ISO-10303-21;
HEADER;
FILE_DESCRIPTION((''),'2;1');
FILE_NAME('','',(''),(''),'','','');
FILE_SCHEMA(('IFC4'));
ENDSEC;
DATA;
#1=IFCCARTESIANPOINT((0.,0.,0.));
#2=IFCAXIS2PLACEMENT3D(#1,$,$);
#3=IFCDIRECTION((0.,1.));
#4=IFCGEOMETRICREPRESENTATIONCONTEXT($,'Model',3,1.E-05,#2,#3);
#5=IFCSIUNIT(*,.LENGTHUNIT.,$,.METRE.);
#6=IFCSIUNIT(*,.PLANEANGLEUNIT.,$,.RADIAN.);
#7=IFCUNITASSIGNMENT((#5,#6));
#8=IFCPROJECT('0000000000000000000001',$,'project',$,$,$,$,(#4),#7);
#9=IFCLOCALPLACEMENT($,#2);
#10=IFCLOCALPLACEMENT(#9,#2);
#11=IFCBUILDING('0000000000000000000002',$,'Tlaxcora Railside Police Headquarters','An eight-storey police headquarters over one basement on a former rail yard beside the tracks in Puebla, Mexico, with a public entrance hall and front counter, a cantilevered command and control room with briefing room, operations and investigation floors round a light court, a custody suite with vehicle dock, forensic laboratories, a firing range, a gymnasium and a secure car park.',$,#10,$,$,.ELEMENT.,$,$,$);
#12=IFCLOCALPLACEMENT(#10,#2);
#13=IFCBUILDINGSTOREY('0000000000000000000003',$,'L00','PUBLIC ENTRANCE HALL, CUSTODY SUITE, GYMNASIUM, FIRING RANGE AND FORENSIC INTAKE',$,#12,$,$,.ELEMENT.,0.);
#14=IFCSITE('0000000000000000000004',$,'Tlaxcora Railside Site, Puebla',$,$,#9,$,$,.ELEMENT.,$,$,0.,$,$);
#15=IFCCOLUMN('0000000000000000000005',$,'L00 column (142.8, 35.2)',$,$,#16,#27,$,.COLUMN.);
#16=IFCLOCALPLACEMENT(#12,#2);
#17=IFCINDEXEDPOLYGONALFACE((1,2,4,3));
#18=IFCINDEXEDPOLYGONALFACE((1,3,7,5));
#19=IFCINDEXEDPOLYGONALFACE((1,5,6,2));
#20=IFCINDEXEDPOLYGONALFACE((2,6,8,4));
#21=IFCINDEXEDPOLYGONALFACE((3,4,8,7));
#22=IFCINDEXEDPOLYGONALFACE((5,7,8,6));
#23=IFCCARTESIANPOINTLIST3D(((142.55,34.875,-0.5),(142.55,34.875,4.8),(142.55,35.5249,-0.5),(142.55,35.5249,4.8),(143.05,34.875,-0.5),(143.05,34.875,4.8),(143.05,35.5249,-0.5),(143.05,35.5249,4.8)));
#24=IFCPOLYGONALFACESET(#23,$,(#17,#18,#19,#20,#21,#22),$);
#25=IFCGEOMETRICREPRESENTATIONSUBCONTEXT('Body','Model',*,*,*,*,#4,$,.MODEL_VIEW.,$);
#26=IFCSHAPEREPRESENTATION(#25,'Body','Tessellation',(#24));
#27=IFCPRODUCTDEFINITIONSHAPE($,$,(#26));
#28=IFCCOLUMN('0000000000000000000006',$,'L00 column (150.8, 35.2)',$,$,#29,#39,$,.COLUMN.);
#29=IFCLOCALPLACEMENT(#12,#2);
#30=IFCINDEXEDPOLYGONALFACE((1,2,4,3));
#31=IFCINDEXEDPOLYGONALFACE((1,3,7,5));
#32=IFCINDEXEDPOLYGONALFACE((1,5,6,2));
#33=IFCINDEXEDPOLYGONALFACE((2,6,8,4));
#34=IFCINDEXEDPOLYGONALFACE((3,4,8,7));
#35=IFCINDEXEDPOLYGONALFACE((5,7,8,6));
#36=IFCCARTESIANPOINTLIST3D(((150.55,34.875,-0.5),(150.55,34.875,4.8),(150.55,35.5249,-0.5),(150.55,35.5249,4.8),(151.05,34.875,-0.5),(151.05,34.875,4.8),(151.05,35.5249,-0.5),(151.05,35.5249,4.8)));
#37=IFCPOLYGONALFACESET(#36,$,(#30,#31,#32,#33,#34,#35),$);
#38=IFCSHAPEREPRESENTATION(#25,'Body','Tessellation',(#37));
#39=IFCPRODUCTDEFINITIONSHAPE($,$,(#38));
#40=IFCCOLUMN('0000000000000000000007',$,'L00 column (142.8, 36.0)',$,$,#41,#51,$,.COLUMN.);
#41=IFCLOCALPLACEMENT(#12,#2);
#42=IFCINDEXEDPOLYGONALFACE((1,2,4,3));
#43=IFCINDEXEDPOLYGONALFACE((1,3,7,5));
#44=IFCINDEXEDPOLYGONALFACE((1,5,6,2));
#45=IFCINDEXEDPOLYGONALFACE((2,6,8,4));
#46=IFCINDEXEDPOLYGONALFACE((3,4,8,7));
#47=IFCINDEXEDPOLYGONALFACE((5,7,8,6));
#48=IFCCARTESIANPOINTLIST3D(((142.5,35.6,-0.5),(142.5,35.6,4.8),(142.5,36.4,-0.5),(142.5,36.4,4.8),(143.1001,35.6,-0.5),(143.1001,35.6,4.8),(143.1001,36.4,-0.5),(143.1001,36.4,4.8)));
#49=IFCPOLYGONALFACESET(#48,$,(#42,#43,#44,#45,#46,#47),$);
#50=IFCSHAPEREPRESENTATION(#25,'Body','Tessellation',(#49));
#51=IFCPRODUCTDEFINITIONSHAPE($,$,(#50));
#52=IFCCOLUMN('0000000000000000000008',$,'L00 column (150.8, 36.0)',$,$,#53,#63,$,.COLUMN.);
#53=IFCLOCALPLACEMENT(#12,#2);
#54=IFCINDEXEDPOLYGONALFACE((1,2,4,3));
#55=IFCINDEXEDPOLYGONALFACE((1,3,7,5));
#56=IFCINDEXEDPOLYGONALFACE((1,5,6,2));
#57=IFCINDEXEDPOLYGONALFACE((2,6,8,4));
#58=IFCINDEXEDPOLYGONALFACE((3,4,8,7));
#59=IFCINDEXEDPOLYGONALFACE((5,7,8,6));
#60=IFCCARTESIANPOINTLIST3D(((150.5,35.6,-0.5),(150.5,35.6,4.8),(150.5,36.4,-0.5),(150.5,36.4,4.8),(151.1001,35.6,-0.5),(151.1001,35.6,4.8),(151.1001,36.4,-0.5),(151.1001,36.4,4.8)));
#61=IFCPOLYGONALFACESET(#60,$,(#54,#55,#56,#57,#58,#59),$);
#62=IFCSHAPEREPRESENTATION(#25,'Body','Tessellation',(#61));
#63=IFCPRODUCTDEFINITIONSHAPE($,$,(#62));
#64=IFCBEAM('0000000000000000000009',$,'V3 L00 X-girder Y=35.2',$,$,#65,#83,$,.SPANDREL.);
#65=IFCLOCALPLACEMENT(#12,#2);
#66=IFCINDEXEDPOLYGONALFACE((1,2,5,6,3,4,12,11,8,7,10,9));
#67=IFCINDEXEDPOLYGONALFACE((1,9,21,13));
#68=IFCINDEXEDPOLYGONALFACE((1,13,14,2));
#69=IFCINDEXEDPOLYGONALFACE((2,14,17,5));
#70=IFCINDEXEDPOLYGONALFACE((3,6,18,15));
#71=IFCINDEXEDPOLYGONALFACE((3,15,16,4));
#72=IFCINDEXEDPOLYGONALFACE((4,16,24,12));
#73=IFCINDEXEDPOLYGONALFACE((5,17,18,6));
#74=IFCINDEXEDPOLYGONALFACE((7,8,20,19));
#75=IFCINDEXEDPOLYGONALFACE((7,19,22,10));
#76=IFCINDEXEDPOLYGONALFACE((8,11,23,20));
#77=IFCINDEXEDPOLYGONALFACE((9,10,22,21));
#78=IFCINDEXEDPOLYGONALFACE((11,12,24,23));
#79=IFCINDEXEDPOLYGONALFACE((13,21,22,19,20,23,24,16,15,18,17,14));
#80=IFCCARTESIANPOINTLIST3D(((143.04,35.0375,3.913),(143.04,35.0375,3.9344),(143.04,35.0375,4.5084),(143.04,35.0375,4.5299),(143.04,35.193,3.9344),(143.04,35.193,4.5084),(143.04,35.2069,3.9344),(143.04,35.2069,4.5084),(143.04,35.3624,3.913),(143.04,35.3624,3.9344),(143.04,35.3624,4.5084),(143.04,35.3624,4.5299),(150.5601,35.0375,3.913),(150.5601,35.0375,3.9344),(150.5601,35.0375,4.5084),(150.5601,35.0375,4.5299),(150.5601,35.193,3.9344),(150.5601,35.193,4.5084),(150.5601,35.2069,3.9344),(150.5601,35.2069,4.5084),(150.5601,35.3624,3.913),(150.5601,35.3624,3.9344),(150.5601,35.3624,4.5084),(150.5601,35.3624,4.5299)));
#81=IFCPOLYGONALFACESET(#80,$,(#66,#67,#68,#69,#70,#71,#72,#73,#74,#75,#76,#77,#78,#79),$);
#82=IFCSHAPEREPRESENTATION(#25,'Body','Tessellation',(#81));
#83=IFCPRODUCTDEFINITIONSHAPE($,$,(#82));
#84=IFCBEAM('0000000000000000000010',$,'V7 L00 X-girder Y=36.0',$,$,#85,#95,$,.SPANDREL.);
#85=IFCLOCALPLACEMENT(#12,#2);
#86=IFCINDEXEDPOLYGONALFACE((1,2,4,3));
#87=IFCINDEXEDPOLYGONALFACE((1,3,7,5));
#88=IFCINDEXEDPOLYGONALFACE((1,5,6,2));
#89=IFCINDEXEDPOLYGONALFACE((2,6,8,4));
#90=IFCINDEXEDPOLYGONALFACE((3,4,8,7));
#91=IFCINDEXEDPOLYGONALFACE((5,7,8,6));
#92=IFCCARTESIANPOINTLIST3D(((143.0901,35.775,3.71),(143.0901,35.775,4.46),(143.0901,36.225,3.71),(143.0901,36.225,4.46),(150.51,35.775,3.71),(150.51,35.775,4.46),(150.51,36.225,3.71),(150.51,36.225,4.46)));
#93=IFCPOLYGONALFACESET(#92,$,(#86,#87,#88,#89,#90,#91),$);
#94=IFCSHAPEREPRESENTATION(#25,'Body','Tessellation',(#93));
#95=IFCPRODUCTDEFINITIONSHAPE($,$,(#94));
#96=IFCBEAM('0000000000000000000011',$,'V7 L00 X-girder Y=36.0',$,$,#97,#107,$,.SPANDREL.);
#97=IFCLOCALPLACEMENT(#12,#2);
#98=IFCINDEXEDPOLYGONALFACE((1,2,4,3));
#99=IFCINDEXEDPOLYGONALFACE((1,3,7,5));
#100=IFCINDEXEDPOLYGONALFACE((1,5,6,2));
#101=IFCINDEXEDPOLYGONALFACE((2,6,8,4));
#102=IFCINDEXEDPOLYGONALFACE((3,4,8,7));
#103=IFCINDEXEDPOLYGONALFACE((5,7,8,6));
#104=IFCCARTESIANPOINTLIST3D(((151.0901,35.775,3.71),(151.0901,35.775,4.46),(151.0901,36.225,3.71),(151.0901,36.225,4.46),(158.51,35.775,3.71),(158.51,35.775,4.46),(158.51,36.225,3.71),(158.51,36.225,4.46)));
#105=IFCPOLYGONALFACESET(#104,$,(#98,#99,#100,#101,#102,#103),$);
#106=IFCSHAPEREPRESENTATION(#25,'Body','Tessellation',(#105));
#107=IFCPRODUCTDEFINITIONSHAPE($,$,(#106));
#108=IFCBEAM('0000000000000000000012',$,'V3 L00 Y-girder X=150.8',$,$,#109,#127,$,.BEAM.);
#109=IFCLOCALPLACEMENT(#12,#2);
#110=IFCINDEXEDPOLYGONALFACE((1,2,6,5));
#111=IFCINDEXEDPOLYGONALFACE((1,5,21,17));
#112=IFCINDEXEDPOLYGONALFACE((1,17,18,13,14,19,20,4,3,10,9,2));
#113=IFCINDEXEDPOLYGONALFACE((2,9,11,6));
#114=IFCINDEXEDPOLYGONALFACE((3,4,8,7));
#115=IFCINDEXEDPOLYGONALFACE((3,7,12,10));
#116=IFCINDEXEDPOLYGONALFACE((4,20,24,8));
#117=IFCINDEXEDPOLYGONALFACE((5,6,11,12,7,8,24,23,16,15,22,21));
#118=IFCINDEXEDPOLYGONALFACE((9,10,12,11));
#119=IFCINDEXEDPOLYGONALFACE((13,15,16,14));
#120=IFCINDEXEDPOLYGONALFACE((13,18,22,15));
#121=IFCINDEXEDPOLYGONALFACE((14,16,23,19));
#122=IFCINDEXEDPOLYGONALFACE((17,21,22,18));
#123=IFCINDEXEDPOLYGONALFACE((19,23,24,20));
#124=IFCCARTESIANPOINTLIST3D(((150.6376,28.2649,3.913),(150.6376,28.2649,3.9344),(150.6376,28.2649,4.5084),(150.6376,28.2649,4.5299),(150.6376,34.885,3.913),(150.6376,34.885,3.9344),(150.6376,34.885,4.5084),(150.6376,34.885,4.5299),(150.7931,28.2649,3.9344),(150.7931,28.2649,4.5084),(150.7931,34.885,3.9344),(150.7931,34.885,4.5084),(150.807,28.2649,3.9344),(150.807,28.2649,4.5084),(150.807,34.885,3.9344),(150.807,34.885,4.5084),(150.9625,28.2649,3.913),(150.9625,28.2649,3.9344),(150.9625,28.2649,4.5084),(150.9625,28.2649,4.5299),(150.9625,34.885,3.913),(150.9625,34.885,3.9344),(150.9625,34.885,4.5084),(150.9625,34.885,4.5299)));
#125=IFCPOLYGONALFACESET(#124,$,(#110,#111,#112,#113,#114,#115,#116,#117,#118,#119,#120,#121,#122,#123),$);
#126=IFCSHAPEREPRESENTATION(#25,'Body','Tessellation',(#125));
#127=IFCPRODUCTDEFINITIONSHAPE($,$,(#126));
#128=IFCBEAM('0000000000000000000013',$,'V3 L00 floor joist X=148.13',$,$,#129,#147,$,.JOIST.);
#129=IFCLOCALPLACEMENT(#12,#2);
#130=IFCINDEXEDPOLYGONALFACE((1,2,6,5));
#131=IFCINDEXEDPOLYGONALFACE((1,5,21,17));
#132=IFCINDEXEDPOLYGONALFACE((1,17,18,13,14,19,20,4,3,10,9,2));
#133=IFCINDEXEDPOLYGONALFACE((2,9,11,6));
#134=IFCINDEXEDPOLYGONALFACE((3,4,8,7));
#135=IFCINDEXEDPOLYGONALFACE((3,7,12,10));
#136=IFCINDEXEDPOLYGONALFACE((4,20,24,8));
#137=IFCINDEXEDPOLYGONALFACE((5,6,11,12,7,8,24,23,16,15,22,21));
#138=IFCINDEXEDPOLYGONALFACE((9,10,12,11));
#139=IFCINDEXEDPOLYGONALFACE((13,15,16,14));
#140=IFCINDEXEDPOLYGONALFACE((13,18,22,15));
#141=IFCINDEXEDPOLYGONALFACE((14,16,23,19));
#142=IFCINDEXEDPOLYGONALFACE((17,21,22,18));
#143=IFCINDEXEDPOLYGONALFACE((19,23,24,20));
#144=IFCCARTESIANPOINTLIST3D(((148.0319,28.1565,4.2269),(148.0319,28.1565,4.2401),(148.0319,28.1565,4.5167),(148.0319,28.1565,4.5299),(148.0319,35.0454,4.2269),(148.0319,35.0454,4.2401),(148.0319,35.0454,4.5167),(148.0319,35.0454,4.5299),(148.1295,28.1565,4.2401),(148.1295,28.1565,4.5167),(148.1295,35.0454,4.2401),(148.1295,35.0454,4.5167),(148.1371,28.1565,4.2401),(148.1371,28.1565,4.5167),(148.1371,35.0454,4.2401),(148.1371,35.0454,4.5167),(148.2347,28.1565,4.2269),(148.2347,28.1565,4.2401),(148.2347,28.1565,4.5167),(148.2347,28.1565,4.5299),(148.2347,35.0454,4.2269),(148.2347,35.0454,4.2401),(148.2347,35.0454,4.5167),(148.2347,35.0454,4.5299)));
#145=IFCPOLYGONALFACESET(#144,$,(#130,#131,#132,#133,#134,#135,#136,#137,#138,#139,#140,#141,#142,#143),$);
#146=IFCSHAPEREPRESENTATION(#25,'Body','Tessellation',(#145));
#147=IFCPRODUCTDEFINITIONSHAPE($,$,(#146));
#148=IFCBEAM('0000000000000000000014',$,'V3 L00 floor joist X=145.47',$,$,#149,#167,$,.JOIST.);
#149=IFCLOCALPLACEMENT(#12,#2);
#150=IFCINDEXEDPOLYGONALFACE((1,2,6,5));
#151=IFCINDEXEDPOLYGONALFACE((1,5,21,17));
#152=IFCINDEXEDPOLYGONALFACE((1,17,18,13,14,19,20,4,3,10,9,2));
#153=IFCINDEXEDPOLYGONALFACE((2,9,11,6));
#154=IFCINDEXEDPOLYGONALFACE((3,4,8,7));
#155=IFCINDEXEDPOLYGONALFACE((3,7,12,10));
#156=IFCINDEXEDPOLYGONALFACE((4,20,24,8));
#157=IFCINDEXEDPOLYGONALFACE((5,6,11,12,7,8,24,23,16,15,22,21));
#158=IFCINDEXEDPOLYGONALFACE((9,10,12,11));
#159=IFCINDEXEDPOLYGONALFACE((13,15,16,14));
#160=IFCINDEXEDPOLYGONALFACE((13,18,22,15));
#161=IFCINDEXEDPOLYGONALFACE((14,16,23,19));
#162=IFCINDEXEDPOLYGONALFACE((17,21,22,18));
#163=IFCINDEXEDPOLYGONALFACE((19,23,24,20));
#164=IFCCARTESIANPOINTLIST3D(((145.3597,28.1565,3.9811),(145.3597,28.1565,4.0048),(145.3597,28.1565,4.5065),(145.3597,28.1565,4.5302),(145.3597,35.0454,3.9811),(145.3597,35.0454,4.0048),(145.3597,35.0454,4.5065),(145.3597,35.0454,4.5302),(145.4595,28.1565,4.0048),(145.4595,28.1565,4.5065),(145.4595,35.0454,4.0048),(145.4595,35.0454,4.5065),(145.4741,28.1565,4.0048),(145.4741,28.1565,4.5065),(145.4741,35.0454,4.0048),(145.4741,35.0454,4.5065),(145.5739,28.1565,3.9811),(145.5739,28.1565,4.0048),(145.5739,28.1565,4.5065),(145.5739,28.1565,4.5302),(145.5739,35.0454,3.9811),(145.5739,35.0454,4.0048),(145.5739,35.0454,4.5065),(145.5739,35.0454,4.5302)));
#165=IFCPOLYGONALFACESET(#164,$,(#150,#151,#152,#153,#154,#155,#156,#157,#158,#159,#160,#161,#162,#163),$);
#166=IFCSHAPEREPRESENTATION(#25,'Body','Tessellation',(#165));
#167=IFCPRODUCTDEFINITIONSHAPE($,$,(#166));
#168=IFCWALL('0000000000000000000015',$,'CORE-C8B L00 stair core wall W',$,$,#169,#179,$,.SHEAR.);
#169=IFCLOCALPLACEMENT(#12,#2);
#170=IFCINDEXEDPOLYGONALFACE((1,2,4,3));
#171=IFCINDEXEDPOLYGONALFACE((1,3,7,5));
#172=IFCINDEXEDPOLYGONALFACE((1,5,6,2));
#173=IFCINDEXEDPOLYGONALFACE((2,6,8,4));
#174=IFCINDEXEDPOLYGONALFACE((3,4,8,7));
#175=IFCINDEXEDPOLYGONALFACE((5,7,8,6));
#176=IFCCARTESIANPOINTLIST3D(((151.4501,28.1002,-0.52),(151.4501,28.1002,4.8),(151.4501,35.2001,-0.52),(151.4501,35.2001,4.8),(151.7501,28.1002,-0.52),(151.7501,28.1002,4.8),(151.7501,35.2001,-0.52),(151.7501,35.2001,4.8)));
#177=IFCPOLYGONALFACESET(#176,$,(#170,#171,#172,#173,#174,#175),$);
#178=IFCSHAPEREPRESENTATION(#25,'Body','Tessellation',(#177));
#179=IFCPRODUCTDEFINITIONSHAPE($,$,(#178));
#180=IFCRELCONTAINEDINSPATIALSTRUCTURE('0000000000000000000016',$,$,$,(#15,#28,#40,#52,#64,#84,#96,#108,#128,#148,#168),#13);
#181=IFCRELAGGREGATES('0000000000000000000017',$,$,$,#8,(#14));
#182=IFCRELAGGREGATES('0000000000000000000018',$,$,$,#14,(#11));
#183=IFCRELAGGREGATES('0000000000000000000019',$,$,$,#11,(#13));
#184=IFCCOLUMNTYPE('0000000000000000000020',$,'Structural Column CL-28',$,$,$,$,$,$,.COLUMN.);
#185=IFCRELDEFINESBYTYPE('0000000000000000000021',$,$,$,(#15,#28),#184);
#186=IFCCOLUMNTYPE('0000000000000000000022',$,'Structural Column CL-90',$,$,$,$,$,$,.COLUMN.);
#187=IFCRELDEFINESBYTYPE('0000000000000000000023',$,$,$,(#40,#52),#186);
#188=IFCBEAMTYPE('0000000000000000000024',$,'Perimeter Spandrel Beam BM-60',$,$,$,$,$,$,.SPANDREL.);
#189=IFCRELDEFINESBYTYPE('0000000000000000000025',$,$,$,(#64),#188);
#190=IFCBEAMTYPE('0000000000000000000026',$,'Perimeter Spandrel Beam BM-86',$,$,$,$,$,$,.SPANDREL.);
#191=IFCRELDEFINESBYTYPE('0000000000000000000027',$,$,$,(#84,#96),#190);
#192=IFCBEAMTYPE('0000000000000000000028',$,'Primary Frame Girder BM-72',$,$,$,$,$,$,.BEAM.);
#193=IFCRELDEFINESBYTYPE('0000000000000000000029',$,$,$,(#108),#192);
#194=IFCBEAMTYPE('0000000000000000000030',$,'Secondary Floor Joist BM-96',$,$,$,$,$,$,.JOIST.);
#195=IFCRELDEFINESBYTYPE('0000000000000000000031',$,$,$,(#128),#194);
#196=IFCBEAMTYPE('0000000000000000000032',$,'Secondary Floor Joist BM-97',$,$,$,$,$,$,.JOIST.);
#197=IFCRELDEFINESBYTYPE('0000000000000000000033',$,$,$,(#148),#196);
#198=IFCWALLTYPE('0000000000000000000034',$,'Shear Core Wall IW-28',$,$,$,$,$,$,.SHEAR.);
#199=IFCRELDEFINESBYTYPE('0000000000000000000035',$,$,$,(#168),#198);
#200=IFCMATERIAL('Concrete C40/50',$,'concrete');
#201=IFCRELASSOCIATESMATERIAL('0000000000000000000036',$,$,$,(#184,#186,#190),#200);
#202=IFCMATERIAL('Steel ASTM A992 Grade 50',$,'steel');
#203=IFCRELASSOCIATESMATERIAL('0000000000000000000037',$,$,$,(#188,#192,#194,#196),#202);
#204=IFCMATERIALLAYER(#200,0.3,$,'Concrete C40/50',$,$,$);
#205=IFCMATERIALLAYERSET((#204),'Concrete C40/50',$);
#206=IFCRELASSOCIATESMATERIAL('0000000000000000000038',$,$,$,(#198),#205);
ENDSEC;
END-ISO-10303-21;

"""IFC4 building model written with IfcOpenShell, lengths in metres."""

from ifc_helpers import new_model, si_unit, direction, frame, frame_2d, origin, origin_2d, place, context, subcontext, project, spatial, rectangle, i_section, extrude, material, layer, layer_set, material_profile, profile_set, type_object, element, save


model = new_model("IFC4")

# Units and contexts
model_context = context("Model", 3, precision=1e-05, world=origin(), true_north=direction((0.0, 1.0)))
body_context = subcontext(model_context, "Body", "Model", "MODEL_VIEW")
ifc_project = project(units=[si_unit("LENGTHUNIT", "METRE"), si_unit("PLANEANGLEUNIT", "RADIAN")], contexts=[model_context])

# Site, building, storey
site_placement = place(None, origin())
site = spatial("IfcSite", under=ifc_project, at=site_placement, Name="Tlaxcora Railside Site, Puebla", CompositionType="ELEMENT", RefElevation=0.0)
building_placement = place(site_placement, origin())
building = spatial("IfcBuilding", under=site, at=building_placement, Name="Tlaxcora Railside Police Headquarters", Description="An eight-storey police headquarters over one basement on a former rail yard beside the tracks in Puebla, Mexico, with a public entrance hall and front counter, a cantilevered command and control room with briefing room, operations and investigation floors round a light court, a custody suite with vehicle dock, forensic laboratories, a firing range, a gymnasium and a secure car park.", CompositionType="ELEMENT")
storey_placement = place(building_placement, origin())
storey = spatial("IfcBuildingStorey", under=building, at=storey_placement, Name="L00", Description="PUBLIC ENTRANCE HALL, CUSTODY SUITE, GYMNASIUM, FIRING RANGE AND FORENSIC INTAKE", CompositionType="ELEMENT", Elevation=0.0)

# Shared definitions
ifc_material_1 = material(Name="Concrete C40/50", Category="concrete")

# Columns
ifc_material_profile_1 = material_profile(ifc_material_1, rectangle(XDim=0.5, YDim=0.6499, at=origin_2d()), Name="RC500X650")
ifc_profile_set_1 = profile_set([ifc_material_profile_1], Name="Concrete C40/50")
column_type_1 = type_object("IfcColumnType", Name="Structural Column CL-28", PredefinedType="COLUMN", material=ifc_profile_set_1)
for number, where, z_axis, x_axis, name in (
    (1, (142.8, 35.2, -0.5), (0.0, 0.0, 1.0), (1.0, 0.0, 0.0), "L00 column (142.8, 35.2)"),
    (2, (150.8, 35.2, -0.5), (0.0, 0.0, 1.0), (1.0, 0.0, 0.0), "L00 column (150.8, 35.2)"),
):
    element("IfcColumn", number, at=place(storey_placement, frame(where, z_axis=z_axis, x_axis=x_axis)), inside=storey, type_object=column_type_1, Name=name, PredefinedType="COLUMN", context=body_context, shape_type="SweptSolid", body=[
        extrude(rectangle(XDim=0.5, YDim=0.6499, at=origin_2d()), origin(), (0.0, 0.0, 1.0), 5.3),
    ])
ifc_material_profile_2 = material_profile(ifc_material_1, rectangle(XDim=0.6001, YDim=0.8, at=origin_2d()), Name="RC600X800")
ifc_profile_set_2 = profile_set([ifc_material_profile_2], Name="Concrete C40/50")
column_type_2 = type_object("IfcColumnType", Name="Structural Column CL-90", PredefinedType="COLUMN", material=ifc_profile_set_2)
for number, where, z_axis, x_axis, name in (
    (3, (142.8, 36.0, -0.5), (0.0, 0.0, 1.0), (1.0, 0.0, 0.0), "L00 column (142.8, 36.0)"),
    (4, (150.8, 36.0, -0.5), (0.0, 0.0, 1.0), (1.0, 0.0, 0.0), "L00 column (150.8, 36.0)"),
):
    element("IfcColumn", number, at=place(storey_placement, frame(where, z_axis=z_axis, x_axis=x_axis)), inside=storey, type_object=column_type_2, Name=name, PredefinedType="COLUMN", context=body_context, shape_type="SweptSolid", body=[
        extrude(rectangle(XDim=0.6001, YDim=0.8, at=origin_2d()), origin(), (0.0, 0.0, 1.0), 5.3),
    ])

# Beams
ifc_material_2 = material(Name="Steel ASTM A992 Grade 50", Category="steel")
ifc_material_profile_3 = material_profile(ifc_material_2, i_section(OverallWidth=0.325, OverallDepth=0.6169, WebThickness=0.0139, FlangeThickness=0.0215, at=origin_2d()), Name="W24X117")
ifc_profile_set_3 = profile_set([ifc_material_profile_3], Name="Steel ASTM A992 Grade 50")
beam_type_1 = type_object("IfcBeamType", Name="Perimeter Spandrel Beam BM-60", PredefinedType="SPANDREL", material=ifc_profile_set_3)
beam_1_placement = place(storey_placement, frame((143.04, 35.2, 4.2214), z_axis=(1.0, 0.0, 0.0), x_axis=(0.0, 1.0, 0.0)))
element("IfcBeam", 5, at=beam_1_placement, inside=storey, type_object=beam_type_1, Name="V3 L00 X-girder Y=35.2", PredefinedType="SPANDREL", context=body_context, shape_type="SweptSolid", body=[
    extrude(i_section(OverallWidth=0.325, OverallDepth=0.6169, WebThickness=0.0139, FlangeThickness=0.0215, at=origin_2d()), origin(), (0.0, 0.0, 1.0), 7.52),
])
ifc_material_profile_4 = material_profile(ifc_material_1, rectangle(XDim=0.45, YDim=0.75, at=origin_2d()), Name="RC450X750")
ifc_profile_set_4 = profile_set([ifc_material_profile_4], Name="Concrete C40/50")
beam_type_2 = type_object("IfcBeamType", Name="Perimeter Spandrel Beam BM-86", PredefinedType="SPANDREL", material=ifc_profile_set_4)
for number, where, z_axis, x_axis, name in (
    (6, (143.0901, 36.0, 4.085), (1.0, 0.0, 0.0), (0.0, 1.0, 0.0), "V7 L00 X-girder Y=36.0"),
    (7, (151.0901, 36.0, 4.085), (1.0, 0.0, 0.0), (0.0, 1.0, 0.0), "V7 L00 X-girder Y=36.0"),
):
    element("IfcBeam", number, at=place(storey_placement, frame(where, z_axis=z_axis, x_axis=x_axis)), inside=storey, type_object=beam_type_2, Name=name, PredefinedType="SPANDREL", context=body_context, shape_type="SweptSolid", body=[
        extrude(rectangle(XDim=0.45, YDim=0.75, at=origin_2d()), origin(), (0.0, 0.0, 1.0), 7.4199),
    ])
ifc_material_profile_5 = material_profile(ifc_material_2, i_section(OverallWidth=0.325, OverallDepth=0.6169, WebThickness=0.0139, FlangeThickness=0.0215, at=origin_2d()), Name="W24X117")
ifc_profile_set_5 = profile_set([ifc_material_profile_5], Name="Steel ASTM A992 Grade 50")
beam_type_3 = type_object("IfcBeamType", Name="Primary Frame Girder BM-72", PredefinedType="BEAM", material=ifc_profile_set_5)
beam_2_placement = place(storey_placement, frame((150.8, 28.2649, 4.2214), z_axis=(0.0, 1.0, 0.0), x_axis=(-1.0, 0.0, 0.0)))
element("IfcBeam", 8, at=beam_2_placement, inside=storey, type_object=beam_type_3, Name="V3 L00 Y-girder X=150.8", PredefinedType="BEAM", context=body_context, shape_type="SweptSolid", body=[
    extrude(i_section(OverallWidth=0.325, OverallDepth=0.6169, WebThickness=0.0139, FlangeThickness=0.0215, at=origin_2d()), origin(), (0.0, 0.0, 1.0), 6.6201),
])
ifc_material_profile_6 = material_profile(ifc_material_2, i_section(OverallWidth=0.2029, OverallDepth=0.303, WebThickness=0.0076, FlangeThickness=0.0132, at=origin_2d()), Name="W12X40")
ifc_profile_set_6 = profile_set([ifc_material_profile_6], Name="Steel ASTM A992 Grade 50")
beam_type_4 = type_object("IfcBeamType", Name="Secondary Floor Joist BM-96", PredefinedType="JOIST", material=ifc_profile_set_6)
beam_3_placement = place(storey_placement, frame((148.1333, 28.1565, 4.3784), z_axis=(0.0, 1.0, 0.0), x_axis=(-1.0, 0.0, 0.0)))
element("IfcBeam", 9, at=beam_3_placement, inside=storey, type_object=beam_type_4, Name="V3 L00 floor joist X=148.13", PredefinedType="JOIST", context=body_context, shape_type="SweptSolid", body=[
    extrude(i_section(OverallWidth=0.2029, OverallDepth=0.303, WebThickness=0.0076, FlangeThickness=0.0132, at=origin_2d()), origin(), (0.0, 0.0, 1.0), 6.8889),
])
ifc_material_profile_7 = material_profile(ifc_material_2, i_section(OverallWidth=0.2141, OverallDepth=0.5491, WebThickness=0.0146, FlangeThickness=0.0237, at=origin_2d()), Name="W21X93")
ifc_profile_set_7 = profile_set([ifc_material_profile_7], Name="Steel ASTM A992 Grade 50")
beam_type_5 = type_object("IfcBeamType", Name="Secondary Floor Joist BM-97", PredefinedType="JOIST", material=ifc_profile_set_7)
beam_4_placement = place(storey_placement, frame((145.4668, 28.1565, 4.2556), z_axis=(0.0, 1.0, 0.0), x_axis=(-1.0, 0.0, 0.0)))
element("IfcBeam", 10, at=beam_4_placement, inside=storey, type_object=beam_type_5, Name="V3 L00 floor joist X=145.47", PredefinedType="JOIST", context=body_context, shape_type="SweptSolid", body=[
    extrude(i_section(OverallWidth=0.2141, OverallDepth=0.5491, WebThickness=0.0146, FlangeThickness=0.0237, at=origin_2d()), origin(), (0.0, 0.0, 1.0), 6.8889),
])

# Wall
ifc_layer_1 = layer(ifc_material_1, 0.3, Name="Concrete C40/50")
ifc_layer_set_1 = layer_set([ifc_layer_1], Name="Concrete C40/50")
wall_type_1 = type_object("IfcWallType", Name="Shear Core Wall IW-28", PredefinedType="SHEAR", material=ifc_layer_set_1)
wall_1_placement = place(storey_placement, frame((151.6001, 35.2, -0.52), z_axis=(0.0, 0.0, 1.0), x_axis=(0.0, -1.0, 0.0)))
element("IfcWall", 11, at=wall_1_placement, inside=storey, type_object=wall_type_1, Name="CORE-C8B L00 stair core wall W", PredefinedType="SHEAR", context=body_context, shape_type="SweptSolid", body=[
    extrude(rectangle(XDim=7.0999, YDim=0.3, at=frame_2d((3.5498, 0.0))), origin(), (0.0, 0.0, 1.0), 5.3201),
])

save(model, "model.ifc")
